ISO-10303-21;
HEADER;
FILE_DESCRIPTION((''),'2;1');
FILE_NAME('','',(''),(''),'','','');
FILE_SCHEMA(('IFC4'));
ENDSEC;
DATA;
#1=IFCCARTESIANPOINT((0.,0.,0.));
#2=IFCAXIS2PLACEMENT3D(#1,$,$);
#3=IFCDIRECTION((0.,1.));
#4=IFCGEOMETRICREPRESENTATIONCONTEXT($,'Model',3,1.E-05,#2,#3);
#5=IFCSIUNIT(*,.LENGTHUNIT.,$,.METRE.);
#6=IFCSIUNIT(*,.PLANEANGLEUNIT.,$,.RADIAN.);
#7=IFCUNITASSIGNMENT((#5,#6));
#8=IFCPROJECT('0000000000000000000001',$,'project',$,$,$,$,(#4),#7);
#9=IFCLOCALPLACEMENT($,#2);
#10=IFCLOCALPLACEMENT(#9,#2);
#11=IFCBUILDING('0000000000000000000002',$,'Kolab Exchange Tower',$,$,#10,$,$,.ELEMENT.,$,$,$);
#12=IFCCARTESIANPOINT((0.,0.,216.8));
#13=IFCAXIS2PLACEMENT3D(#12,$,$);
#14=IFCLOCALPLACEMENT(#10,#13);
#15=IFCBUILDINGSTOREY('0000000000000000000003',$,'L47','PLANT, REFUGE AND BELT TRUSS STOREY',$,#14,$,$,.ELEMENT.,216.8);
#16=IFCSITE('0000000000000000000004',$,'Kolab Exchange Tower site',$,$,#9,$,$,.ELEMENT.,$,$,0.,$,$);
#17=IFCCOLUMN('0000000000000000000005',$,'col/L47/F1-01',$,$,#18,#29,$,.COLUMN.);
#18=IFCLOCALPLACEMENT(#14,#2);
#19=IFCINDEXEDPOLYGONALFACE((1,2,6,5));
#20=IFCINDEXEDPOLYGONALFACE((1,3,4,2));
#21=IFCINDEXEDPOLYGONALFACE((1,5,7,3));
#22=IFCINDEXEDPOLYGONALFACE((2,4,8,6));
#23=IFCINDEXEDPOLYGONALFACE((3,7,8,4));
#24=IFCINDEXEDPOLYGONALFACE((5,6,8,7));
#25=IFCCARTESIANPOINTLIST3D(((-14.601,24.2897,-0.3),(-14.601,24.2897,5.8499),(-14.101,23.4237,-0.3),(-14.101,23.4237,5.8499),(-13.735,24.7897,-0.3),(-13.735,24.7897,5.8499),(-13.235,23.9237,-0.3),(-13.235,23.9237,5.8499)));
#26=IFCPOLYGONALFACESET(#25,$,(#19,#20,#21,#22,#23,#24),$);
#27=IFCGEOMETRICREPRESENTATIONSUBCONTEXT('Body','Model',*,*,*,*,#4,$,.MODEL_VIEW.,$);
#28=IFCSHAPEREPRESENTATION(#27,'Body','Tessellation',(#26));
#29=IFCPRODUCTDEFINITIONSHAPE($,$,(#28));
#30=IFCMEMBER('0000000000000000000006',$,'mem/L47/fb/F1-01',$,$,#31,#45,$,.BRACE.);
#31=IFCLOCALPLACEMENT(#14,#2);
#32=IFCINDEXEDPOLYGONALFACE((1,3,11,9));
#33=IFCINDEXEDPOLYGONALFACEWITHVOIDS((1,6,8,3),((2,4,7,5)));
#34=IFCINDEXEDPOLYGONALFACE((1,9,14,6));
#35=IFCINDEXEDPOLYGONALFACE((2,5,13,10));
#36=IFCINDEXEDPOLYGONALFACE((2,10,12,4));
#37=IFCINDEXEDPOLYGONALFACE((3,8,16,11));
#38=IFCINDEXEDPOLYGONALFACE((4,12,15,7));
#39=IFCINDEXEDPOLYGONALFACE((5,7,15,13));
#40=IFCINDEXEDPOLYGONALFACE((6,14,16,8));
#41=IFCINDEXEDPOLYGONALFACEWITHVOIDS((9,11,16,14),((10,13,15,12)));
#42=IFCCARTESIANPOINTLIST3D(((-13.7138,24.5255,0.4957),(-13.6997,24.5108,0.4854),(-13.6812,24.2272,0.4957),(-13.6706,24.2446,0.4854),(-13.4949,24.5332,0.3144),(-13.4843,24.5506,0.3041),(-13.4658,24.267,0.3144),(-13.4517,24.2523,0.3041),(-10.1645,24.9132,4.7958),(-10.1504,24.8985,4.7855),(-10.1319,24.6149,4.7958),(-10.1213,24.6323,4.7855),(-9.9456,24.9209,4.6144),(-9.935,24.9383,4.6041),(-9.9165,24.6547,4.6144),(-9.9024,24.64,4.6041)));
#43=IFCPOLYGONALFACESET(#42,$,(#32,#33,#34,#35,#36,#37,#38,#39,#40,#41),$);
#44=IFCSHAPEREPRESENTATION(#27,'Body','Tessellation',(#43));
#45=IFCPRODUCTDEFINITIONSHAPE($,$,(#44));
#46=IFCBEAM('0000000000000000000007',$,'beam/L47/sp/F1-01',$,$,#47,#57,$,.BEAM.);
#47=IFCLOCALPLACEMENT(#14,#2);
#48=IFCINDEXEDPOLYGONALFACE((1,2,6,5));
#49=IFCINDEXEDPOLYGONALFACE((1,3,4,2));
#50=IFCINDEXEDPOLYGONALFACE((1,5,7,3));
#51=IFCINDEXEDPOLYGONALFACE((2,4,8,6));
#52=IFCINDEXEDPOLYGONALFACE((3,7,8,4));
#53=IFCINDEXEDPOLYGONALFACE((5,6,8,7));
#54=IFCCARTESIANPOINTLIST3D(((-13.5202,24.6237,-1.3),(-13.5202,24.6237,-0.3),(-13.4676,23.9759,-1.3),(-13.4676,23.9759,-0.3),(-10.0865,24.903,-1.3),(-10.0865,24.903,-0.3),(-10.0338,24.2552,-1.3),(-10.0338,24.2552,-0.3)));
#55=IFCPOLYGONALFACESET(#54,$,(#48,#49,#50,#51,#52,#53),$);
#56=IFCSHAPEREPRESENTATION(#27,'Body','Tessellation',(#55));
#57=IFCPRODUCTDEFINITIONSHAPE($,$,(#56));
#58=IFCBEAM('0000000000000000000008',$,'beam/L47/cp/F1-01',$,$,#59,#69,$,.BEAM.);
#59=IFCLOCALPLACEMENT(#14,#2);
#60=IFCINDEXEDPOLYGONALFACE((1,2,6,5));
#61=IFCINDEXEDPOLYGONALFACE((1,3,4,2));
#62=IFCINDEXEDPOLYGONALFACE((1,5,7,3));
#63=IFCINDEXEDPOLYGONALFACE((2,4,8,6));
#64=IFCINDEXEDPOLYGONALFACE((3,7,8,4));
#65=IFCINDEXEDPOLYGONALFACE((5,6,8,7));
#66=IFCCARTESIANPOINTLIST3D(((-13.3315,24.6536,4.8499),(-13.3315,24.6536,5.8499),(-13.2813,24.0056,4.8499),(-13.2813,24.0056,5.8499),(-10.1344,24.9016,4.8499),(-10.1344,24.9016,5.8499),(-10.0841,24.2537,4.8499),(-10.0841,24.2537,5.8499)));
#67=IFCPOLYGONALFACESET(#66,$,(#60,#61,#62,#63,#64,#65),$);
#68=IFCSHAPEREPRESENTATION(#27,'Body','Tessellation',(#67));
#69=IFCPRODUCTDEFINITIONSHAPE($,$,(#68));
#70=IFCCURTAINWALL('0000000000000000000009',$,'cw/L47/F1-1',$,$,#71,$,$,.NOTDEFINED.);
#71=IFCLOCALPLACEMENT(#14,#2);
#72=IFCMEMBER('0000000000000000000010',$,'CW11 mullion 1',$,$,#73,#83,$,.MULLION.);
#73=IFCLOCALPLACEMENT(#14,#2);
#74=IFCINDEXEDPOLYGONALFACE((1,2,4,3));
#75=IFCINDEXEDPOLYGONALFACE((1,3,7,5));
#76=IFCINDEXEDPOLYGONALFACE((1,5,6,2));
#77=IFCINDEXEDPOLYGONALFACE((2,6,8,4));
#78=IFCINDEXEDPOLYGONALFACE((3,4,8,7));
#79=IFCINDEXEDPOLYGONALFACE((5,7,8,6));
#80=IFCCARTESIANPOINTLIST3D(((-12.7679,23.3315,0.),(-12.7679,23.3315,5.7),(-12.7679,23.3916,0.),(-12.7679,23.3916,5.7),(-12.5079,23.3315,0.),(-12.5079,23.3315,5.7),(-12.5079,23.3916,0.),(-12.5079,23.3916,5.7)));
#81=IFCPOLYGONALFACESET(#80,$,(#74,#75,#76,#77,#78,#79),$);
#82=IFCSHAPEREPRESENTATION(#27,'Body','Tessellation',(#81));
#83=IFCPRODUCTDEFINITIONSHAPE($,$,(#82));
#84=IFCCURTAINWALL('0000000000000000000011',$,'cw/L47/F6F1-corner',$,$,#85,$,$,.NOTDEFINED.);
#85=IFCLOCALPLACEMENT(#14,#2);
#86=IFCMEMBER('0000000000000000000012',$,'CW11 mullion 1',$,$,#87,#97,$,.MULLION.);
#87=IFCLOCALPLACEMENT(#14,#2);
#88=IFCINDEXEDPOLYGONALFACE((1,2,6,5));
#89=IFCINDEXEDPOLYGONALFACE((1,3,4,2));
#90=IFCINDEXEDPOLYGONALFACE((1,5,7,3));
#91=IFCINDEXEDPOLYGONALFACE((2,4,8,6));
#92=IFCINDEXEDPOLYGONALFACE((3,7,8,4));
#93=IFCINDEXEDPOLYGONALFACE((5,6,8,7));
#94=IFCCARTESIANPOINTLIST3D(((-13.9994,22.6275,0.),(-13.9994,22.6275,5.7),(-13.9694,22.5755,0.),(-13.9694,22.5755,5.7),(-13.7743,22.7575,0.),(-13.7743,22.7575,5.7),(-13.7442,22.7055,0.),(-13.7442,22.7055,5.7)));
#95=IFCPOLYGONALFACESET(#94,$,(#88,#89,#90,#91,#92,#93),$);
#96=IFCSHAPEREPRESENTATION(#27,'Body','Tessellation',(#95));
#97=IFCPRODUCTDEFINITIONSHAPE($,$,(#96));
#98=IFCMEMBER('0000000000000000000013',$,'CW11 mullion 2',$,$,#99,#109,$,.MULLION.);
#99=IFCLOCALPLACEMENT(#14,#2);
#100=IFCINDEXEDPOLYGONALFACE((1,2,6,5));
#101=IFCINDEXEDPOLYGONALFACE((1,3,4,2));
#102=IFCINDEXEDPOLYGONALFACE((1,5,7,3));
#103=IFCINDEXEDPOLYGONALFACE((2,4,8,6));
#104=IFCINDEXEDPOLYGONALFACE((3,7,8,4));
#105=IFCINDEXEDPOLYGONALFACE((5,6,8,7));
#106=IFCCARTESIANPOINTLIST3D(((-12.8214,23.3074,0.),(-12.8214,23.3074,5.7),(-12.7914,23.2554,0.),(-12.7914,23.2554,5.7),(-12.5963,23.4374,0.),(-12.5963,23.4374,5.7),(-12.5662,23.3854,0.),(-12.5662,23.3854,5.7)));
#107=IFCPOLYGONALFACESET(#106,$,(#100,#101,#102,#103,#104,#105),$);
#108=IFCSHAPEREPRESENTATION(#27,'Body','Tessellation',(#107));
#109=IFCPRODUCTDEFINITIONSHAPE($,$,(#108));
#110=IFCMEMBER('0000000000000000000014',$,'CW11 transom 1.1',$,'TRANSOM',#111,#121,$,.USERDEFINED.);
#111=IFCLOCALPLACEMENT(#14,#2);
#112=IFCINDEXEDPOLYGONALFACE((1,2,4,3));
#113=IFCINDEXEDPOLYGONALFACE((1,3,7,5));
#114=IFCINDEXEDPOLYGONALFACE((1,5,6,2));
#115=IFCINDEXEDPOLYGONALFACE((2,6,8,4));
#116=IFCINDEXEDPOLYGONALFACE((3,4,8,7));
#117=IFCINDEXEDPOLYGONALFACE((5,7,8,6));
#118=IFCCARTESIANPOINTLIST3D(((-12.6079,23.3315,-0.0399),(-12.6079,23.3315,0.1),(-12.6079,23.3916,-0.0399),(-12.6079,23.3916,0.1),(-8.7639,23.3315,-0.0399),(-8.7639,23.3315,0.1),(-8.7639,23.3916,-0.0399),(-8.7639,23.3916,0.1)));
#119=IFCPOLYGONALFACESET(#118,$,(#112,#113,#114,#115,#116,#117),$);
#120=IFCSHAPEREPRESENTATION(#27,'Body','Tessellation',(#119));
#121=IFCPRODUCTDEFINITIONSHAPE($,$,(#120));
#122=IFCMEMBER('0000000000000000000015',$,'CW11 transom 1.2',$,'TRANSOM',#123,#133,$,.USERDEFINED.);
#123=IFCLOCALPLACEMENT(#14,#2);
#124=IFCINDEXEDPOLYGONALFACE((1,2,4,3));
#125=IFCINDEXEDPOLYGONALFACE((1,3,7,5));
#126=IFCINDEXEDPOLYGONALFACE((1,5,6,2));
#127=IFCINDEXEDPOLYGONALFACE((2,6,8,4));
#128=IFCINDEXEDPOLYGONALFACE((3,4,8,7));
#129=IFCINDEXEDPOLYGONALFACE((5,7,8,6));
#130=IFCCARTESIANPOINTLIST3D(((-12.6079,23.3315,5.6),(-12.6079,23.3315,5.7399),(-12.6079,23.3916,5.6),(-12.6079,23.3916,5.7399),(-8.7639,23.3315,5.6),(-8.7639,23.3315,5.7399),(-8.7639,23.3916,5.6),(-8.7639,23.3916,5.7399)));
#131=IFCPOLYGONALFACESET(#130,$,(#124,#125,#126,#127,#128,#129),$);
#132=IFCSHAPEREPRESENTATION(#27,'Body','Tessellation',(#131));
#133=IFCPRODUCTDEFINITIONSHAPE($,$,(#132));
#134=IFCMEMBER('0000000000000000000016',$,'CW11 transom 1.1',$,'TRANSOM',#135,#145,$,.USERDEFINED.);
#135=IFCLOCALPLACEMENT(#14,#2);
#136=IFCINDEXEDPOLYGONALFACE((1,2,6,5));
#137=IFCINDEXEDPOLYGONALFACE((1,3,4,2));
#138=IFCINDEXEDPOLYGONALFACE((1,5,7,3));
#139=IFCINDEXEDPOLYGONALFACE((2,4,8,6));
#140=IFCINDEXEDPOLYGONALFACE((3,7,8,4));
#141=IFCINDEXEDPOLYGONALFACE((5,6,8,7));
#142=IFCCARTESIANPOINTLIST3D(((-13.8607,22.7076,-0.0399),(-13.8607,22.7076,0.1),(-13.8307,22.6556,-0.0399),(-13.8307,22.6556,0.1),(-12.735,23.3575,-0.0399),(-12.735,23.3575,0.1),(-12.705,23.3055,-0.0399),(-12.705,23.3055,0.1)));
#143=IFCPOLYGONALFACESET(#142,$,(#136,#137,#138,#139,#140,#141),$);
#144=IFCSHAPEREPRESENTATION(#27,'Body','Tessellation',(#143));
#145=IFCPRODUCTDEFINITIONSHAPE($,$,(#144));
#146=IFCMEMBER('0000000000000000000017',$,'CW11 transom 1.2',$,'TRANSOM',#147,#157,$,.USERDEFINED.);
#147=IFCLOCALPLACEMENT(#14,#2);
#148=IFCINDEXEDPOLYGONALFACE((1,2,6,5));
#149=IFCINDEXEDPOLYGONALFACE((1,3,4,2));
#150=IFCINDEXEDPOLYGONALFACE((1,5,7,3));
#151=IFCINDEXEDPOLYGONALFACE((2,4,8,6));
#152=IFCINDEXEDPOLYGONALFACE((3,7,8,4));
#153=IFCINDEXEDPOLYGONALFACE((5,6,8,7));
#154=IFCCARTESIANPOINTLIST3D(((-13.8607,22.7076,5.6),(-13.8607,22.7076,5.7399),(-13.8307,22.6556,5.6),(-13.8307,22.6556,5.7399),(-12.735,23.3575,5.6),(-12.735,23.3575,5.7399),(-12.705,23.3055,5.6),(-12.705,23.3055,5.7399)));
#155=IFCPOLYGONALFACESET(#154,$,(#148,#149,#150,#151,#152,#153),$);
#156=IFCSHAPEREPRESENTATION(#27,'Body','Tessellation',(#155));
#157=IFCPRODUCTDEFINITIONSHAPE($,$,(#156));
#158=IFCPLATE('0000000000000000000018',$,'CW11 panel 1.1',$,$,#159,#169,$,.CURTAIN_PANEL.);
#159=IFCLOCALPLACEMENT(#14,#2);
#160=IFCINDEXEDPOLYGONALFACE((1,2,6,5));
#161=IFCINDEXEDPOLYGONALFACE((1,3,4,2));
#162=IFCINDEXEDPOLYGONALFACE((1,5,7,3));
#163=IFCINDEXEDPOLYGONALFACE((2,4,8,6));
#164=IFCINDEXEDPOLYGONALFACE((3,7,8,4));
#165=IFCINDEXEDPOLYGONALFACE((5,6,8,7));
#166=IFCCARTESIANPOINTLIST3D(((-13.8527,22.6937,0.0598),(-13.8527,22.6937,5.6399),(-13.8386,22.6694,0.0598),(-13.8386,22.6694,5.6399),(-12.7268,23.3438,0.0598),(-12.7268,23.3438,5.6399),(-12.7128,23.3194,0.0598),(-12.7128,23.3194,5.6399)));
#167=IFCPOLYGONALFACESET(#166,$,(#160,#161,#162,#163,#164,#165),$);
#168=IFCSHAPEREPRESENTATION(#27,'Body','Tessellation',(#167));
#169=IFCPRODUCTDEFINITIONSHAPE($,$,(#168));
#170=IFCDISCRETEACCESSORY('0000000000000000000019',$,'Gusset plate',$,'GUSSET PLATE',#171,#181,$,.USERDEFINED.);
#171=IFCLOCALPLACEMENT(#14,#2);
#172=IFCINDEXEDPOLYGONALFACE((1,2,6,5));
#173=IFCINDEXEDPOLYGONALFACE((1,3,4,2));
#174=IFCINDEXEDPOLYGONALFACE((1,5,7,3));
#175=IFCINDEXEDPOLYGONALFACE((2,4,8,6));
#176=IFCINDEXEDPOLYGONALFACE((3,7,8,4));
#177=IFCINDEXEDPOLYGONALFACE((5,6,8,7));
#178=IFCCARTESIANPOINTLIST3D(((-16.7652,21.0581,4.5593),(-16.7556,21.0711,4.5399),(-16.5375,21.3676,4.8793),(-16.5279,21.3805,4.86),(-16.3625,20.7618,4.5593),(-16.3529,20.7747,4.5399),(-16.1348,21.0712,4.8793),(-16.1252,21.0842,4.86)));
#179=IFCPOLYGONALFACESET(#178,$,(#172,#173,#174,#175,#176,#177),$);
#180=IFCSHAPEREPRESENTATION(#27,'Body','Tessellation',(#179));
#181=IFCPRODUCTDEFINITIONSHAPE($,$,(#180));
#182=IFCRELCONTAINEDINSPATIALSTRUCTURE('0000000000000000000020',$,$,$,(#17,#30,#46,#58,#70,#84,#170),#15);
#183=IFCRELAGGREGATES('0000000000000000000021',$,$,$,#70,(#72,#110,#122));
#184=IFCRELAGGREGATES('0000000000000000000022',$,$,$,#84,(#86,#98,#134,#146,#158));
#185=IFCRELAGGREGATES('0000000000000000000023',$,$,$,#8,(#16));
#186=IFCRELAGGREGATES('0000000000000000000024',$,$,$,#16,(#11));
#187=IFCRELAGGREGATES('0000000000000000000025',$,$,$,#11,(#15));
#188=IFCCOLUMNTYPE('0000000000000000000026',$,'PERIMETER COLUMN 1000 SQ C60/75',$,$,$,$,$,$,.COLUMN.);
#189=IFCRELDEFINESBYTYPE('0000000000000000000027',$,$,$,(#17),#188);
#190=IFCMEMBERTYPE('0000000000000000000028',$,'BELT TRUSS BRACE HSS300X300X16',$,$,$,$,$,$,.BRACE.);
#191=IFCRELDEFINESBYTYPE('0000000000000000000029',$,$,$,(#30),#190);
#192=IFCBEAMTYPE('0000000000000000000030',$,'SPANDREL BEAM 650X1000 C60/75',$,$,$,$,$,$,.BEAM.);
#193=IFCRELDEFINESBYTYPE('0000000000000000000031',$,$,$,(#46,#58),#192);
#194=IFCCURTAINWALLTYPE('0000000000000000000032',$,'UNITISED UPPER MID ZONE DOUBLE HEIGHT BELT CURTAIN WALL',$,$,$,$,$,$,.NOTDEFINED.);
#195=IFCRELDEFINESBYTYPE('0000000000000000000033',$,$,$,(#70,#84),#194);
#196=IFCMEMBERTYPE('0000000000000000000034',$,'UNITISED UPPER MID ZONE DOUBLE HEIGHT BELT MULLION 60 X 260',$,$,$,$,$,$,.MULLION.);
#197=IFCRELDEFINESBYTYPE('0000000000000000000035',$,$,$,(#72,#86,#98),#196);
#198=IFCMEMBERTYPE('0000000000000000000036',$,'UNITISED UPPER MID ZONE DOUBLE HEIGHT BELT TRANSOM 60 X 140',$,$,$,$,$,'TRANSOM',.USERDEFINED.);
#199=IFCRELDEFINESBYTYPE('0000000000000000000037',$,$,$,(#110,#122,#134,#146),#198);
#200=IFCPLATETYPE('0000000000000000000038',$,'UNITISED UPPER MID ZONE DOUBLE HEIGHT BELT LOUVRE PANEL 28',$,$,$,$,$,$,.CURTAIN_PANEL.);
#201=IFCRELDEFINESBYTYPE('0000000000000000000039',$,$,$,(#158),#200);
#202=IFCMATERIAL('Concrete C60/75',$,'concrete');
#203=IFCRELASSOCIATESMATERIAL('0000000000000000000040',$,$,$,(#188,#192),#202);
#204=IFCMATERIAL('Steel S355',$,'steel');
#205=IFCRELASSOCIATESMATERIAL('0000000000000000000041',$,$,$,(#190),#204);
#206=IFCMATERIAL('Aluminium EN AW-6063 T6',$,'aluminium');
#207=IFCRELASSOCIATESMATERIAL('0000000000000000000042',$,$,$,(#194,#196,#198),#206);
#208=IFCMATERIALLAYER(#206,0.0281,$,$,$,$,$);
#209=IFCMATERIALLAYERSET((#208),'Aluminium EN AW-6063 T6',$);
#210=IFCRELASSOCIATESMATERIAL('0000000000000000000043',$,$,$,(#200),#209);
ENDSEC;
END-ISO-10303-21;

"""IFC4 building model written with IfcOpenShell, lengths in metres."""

from ifc_helpers import new_model, si_unit, direction, frame, origin, origin_2d, place, context, subcontext, project, spatial, rectangle, hollow_rectangle, extrude, material, layer, layer_set, material_profile, profile_set, type_object, element, aggregate, save


model = new_model("IFC4")

# Units and contexts
model_context = context("Model", 3, precision=1e-05, world=origin(), true_north=direction((0.0, 1.0)))
body_context = subcontext(model_context, "Body", "Model", "MODEL_VIEW")
ifc_project = project(units=[si_unit("LENGTHUNIT", "METRE"), si_unit("PLANEANGLEUNIT", "RADIAN")], contexts=[model_context])

# Site, building, storey
site_placement = place(None, origin())
site = spatial("IfcSite", under=ifc_project, at=site_placement, Name="Kolab Exchange Tower site", CompositionType="ELEMENT", RefElevation=0.0)
building_placement = place(site_placement, origin())
building = spatial("IfcBuilding", under=site, at=building_placement, Name="Kolab Exchange Tower", CompositionType="ELEMENT")
storey_placement = place(building_placement, frame((0.0, 0.0, 216.8)))
storey = spatial("IfcBuildingStorey", under=building, at=storey_placement, Name="L47", Description="PLANT, REFUGE AND BELT TRUSS STOREY", CompositionType="ELEMENT", Elevation=216.8)

# Column
ifc_material_1 = material(Name="Concrete C60/75", Category="concrete")
ifc_material_profile_1 = material_profile(ifc_material_1, rectangle(XDim=1.0, YDim=1.0, at=origin_2d()), Name="RC1000")
ifc_profile_set_1 = profile_set([ifc_material_profile_1], Name="Concrete C60/75")
column_type = type_object("IfcColumnType", Name="PERIMETER COLUMN 1000 SQ C60/75", PredefinedType="COLUMN", material=ifc_profile_set_1)
column_placement = place(storey_placement, frame((-13.918, 24.1067, -0.3), z_axis=(0.0, 0.0, 1.0), x_axis=(0.866025, 0.5, 0.0)))
element("IfcColumn", 1, at=column_placement, inside=storey, type_object=column_type, Name="col/L47/F1-01", PredefinedType="COLUMN", context=body_context, shape_type="SweptSolid", body=[
    extrude(rectangle(XDim=1.0, YDim=1.0, at=origin_2d()), origin(), (0.0, 0.0, 1.0), 6.1499),
])

# Member
ifc_material_2 = material(Name="Steel S355", Category="steel")
ifc_material_profile_2 = material_profile(ifc_material_2, hollow_rectangle(XDim=0.3, YDim=0.3, WallThickness=0.0161, at=origin_2d()), Name="HSS300X300X16")
ifc_profile_set_2 = profile_set([ifc_material_profile_2], Name="Steel S355")
member_type_1 = type_object("IfcMemberType", Name="BELT TRUSS BRACE HSS300X300X16", PredefinedType="BRACE", material=ifc_profile_set_2)
member_1_placement = place(storey_placement, frame((-13.5828, 24.3889, 0.3999), z_axis=(0.635039, 0.069366, 0.769359), x_axis=(-0.108585, 0.994087, 0.0)))
element("IfcMember", 2, at=member_1_placement, inside=storey, type_object=member_type_1, Name="mem/L47/fb/F1-01", PredefinedType="BRACE", context=body_context, shape_type="SweptSolid", body=[
    extrude(hollow_rectangle(XDim=0.3, YDim=0.3, WallThickness=0.0161, at=origin_2d()), origin(), (0.0, 0.0, 1.0), 5.5891),
])

# Beams
ifc_material_profile_3 = material_profile(ifc_material_1, rectangle(XDim=0.6499, YDim=1.0, at=origin_2d()), Name="RC650X1000")
ifc_profile_set_3 = profile_set([ifc_material_profile_3], Name="Concrete C60/75")
beam_type = type_object("IfcBeamType", Name="SPANDREL BEAM 650X1000 C60/75", PredefinedType="BEAM", material=ifc_profile_set_3)
beam_1_placement = place(storey_placement, frame((-13.4939, 24.2998, -0.8), z_axis=(0.996708, 0.081069, 0.0), x_axis=(-0.081069, 0.996708, 0.0)))
element("IfcBeam", 3, at=beam_1_placement, inside=storey, type_object=beam_type, Name="beam/L47/sp/F1-01", PredefinedType="BEAM", context=body_context, shape_type="SweptSolid", body=[
    extrude(rectangle(XDim=0.6499, YDim=1.0, at=origin_2d()), origin(), (0.0, 0.0, 1.0), 3.4451),
])
beam_2_placement = place(storey_placement, frame((-13.3064, 24.3296, 5.3499), z_axis=(0.997004, 0.077349, 0.0), x_axis=(-0.077349, 0.997004, 0.0)))
element("IfcBeam", 4, at=beam_2_placement, inside=storey, type_object=beam_type, Name="beam/L47/cp/F1-01", PredefinedType="BEAM", context=body_context, shape_type="SweptSolid", body=[
    extrude(rectangle(XDim=0.6499, YDim=1.0, at=origin_2d()), origin(), (0.0, 0.0, 1.0), 3.2068),
])

# Curtain wall, member
ifc_material_3 = material(Name="Aluminium EN AW-6063 T6", Category="aluminium")
curtain_wall_type = type_object("IfcCurtainWallType", Name="UNITISED UPPER MID ZONE DOUBLE HEIGHT BELT CURTAIN WALL", PredefinedType="NOTDEFINED", material=ifc_material_3)
curtain_wall_1_placement = place(storey_placement, origin())
curtain_wall_1 = element("IfcCurtainWall", 5, at=curtain_wall_1_placement, inside=storey, type_object=curtain_wall_type, Name="cw/L47/F1-1", PredefinedType="NOTDEFINED")
ifc_material_profile_4 = material_profile(ifc_material_3, rectangle(XDim=0.0601, YDim=0.26, at=origin_2d()), Name="RECT 60X260")
ifc_profile_set_4 = profile_set([ifc_material_profile_4], Name="Aluminium EN AW-6063 T6")
member_type_2 = type_object("IfcMemberType", Name="UNITISED UPPER MID ZONE DOUBLE HEIGHT BELT MULLION 60 X 260", PredefinedType="MULLION", material=ifc_profile_set_4)
member_2_placement = place(storey_placement, frame((-12.6379, 23.3616, 0.0), z_axis=(0.0, 0.0, 1.0), x_axis=(0.0, 1.0, 0.0)))
member_2 = element("IfcMember", 6, at=member_2_placement, type_object=member_type_2, Name="CW11 mullion 1", PredefinedType="MULLION", context=body_context, shape_type="SweptSolid", body=[
    extrude(rectangle(XDim=0.0601, YDim=0.26, at=origin_2d()), origin(), (0.0, 0.0, 1.0), 5.7),
])

# Curtain wall, members
curtain_wall_2_placement = place(storey_placement, origin())
curtain_wall_2 = element("IfcCurtainWall", 7, at=curtain_wall_2_placement, inside=storey, type_object=curtain_wall_type, Name="cw/L47/F6F1-corner", PredefinedType="NOTDEFINED")
member_3_placement = place(storey_placement, frame((-13.8718, 22.6665, 0.0), z_axis=(0.0, 0.0, 1.0), x_axis=(-0.5, 0.866025, 0.0)))
member_3 = element("IfcMember", 8, at=member_3_placement, type_object=member_type_2, Name="CW11 mullion 1", PredefinedType="MULLION", context=body_context, shape_type="SweptSolid", body=[
    extrude(rectangle(XDim=0.0601, YDim=0.26, at=origin_2d()), origin(), (0.0, 0.0, 1.0), 5.7),
])
member_4_placement = place(storey_placement, frame((-12.6938, 23.3464, 0.0), z_axis=(0.0, 0.0, 1.0), x_axis=(-0.5, 0.866025, 0.0)))
member_4 = element("IfcMember", 9, at=member_4_placement, type_object=member_type_2, Name="CW11 mullion 2", PredefinedType="MULLION", context=body_context, shape_type="SweptSolid", body=[
    extrude(rectangle(XDim=0.0601, YDim=0.26, at=origin_2d()), origin(), (0.0, 0.0, 1.0), 5.7),
])

# Members
ifc_material_profile_5 = material_profile(ifc_material_3, rectangle(XDim=0.0601, YDim=0.1399, at=origin_2d()), Name="RECT 60X140")
ifc_profile_set_5 = profile_set([ifc_material_profile_5], Name="Aluminium EN AW-6063 T6")
member_type_3 = type_object("IfcMemberType", Name="UNITISED UPPER MID ZONE DOUBLE HEIGHT BELT TRANSOM 60 X 140", ElementType="TRANSOM", PredefinedType="USERDEFINED", material=ifc_profile_set_5)
member_5_placement = place(storey_placement, frame((-12.6079, 23.3616, 0.03), z_axis=(1.0, 0.0, 0.0), x_axis=(0.0, 1.0, 0.0)))
member_5 = element("IfcMember", 10, at=member_5_placement, type_object=member_type_3, Name="CW11 transom 1.1", ObjectType="TRANSOM", PredefinedType="USERDEFINED", context=body_context, shape_type="SweptSolid", body=[
    extrude(rectangle(XDim=0.0601, YDim=0.1399, at=origin_2d()), origin(), (0.0, 0.0, 1.0), 3.844),
])
member_6_placement = place(storey_placement, frame((-12.6079, 23.3616, 5.6699), z_axis=(1.0, 0.0, 0.0), x_axis=(0.0, 1.0, 0.0)))
member_6 = element("IfcMember", 11, at=member_6_placement, type_object=member_type_3, Name="CW11 transom 1.2", ObjectType="TRANSOM", PredefinedType="USERDEFINED", context=body_context, shape_type="SweptSolid", body=[
    extrude(rectangle(XDim=0.0601, YDim=0.1399, at=origin_2d()), origin(), (0.0, 0.0, 1.0), 3.844),
])
aggregate(curtain_wall_1, [member_2, member_5, member_6])
member_7_placement = place(storey_placement, frame((-13.8457, 22.6816, 0.03), z_axis=(0.866039, 0.499977, 0.0), x_axis=(-0.499977, 0.866039, 0.0)))
member_7 = element("IfcMember", 12, at=member_7_placement, type_object=member_type_3, Name="CW11 transom 1.1", ObjectType="TRANSOM", PredefinedType="USERDEFINED", context=body_context, shape_type="SweptSolid", body=[
    extrude(rectangle(XDim=0.0601, YDim=0.1399, at=origin_2d()), origin(), (0.0, 0.0, 1.0), 1.2998),
])
member_8_placement = place(storey_placement, frame((-13.8457, 22.6816, 5.6699), z_axis=(0.866039, 0.499977, 0.0), x_axis=(-0.499977, 0.866039, 0.0)))
member_8 = element("IfcMember", 13, at=member_8_placement, type_object=member_type_3, Name="CW11 transom 1.2", ObjectType="TRANSOM", PredefinedType="USERDEFINED", context=body_context, shape_type="SweptSolid", body=[
    extrude(rectangle(XDim=0.0601, YDim=0.1399, at=origin_2d()), origin(), (0.0, 0.0, 1.0), 1.2998),
])

# Plate
ifc_layer = layer(ifc_material_3, 0.0281)
ifc_layer_set = layer_set([ifc_layer], Name="Aluminium EN AW-6063 T6")
plate_type = type_object("IfcPlateType", Name="UNITISED UPPER MID ZONE DOUBLE HEIGHT BELT LOUVRE PANEL 28", PredefinedType="CURTAIN_PANEL", material=ifc_layer_set)
plate_placement = place(storey_placement, frame((-13.2827, 23.0066, 0.0598), z_axis=(0.0, 0.0, 1.0), x_axis=(0.866025, 0.5, 0.0)))
plate = element("IfcPlate", 14, at=plate_placement, type_object=plate_type, Name="CW11 panel 1.1", PredefinedType="CURTAIN_PANEL", context=body_context, shape_type="SweptSolid", body=[
    extrude(rectangle(XDim=1.3, YDim=0.0281, at=origin_2d()), origin(), (0.0, 0.0, 1.0), 5.5801),
])
aggregate(curtain_wall_2, [member_3, member_4, member_7, member_8, plate])

# Discrete accessory
discrete_accessory_placement = place(storey_placement, frame((-16.4404, 21.0776, 4.7), z_axis=(-0.379321, -0.515487, 0.768368), x_axis=(0.805438, -0.592681, 0.0)))
element("IfcDiscreteAccessory", 15, at=discrete_accessory_placement, inside=storey, Name="Gusset plate", ObjectType="GUSSET PLATE", PredefinedType="USERDEFINED", context=body_context, shape_type="SweptSolid", body=[
    extrude(rectangle(XDim=0.5, YDim=0.5, at=origin_2d()), origin(), (0.0, 0.0, 1.0), 0.0251),
])

save(model, "model.ifc")
